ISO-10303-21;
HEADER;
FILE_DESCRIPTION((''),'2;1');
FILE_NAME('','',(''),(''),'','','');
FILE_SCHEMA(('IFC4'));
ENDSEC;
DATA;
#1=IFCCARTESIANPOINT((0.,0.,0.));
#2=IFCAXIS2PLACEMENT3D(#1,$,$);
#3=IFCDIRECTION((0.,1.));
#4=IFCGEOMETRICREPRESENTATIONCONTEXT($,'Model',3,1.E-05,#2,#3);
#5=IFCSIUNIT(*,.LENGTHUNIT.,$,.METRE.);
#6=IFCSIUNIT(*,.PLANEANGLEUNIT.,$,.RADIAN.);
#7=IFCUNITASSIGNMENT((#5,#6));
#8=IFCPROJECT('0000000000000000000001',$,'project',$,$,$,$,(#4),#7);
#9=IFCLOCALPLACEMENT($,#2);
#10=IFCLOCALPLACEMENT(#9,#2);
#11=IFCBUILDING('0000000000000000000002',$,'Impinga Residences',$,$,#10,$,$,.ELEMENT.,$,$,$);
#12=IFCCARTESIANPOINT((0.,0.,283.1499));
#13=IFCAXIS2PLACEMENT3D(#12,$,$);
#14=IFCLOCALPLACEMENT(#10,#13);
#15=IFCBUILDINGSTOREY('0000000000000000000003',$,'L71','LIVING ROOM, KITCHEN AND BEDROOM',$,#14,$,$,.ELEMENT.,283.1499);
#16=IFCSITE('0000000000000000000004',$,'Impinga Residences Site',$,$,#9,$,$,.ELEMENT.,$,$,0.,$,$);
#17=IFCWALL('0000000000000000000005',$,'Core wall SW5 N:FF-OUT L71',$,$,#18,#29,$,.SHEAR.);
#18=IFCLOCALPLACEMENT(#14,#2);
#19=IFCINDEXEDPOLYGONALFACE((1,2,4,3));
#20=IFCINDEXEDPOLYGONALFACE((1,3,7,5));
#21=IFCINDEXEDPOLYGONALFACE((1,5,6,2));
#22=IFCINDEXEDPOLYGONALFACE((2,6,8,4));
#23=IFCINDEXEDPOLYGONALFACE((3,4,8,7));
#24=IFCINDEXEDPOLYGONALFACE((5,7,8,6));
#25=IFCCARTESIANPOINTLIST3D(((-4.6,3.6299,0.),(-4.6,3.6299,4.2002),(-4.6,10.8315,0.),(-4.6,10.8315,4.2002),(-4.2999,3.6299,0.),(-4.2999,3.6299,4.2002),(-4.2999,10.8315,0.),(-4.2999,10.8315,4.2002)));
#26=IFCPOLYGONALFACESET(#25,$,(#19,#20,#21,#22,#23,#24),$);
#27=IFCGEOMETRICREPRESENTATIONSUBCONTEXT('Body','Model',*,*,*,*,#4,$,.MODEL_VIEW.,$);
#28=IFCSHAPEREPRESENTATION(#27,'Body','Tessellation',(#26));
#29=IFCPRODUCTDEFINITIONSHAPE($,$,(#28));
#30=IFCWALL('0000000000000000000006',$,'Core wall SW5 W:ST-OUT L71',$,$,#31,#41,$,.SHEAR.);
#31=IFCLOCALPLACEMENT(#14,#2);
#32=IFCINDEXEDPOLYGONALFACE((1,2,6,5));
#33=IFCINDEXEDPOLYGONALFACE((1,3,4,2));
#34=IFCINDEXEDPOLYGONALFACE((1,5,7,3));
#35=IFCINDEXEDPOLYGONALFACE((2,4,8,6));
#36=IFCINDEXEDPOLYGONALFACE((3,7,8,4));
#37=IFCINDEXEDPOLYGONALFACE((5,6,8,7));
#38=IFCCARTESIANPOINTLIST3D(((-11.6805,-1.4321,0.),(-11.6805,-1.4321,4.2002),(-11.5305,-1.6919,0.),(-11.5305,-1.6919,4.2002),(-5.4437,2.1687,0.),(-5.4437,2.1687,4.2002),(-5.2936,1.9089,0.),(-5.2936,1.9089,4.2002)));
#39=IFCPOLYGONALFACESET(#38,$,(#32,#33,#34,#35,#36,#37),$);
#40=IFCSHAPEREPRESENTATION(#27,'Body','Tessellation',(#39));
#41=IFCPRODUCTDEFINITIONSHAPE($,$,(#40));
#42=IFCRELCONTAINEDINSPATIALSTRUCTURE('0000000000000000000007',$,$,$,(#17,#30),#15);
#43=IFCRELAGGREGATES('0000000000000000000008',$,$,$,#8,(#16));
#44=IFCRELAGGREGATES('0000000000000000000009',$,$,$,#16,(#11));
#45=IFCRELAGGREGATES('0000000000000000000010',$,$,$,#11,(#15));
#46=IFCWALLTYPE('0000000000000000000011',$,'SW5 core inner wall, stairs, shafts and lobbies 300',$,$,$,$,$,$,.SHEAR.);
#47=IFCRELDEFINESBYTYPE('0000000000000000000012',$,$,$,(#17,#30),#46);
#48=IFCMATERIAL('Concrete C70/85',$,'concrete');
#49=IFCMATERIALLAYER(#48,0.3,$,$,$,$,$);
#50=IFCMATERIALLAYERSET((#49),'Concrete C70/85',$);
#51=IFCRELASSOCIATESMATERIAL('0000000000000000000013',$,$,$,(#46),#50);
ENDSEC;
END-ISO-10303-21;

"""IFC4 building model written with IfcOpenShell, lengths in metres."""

from ifc_helpers import new_model, si_unit, direction, frame, frame_2d, origin, place, context, subcontext, project, spatial, rectangle, extrude, material, layer, layer_set, type_object, element, save


model = new_model("IFC4")

# Units and contexts
model_context = context("Model", 3, precision=1e-05, world=origin(), true_north=direction((0.0, 1.0)))
body_context = subcontext(model_context, "Body", "Model", "MODEL_VIEW")
ifc_project = project(units=[si_unit("LENGTHUNIT", "METRE"), si_unit("PLANEANGLEUNIT", "RADIAN")], contexts=[model_context])

# Site, building, storey
site_placement = place(None, origin())
site = spatial("IfcSite", under=ifc_project, at=site_placement, Name="Impinga Residences Site", CompositionType="ELEMENT", RefElevation=0.0)
building_placement = place(site_placement, origin())
building = spatial("IfcBuilding", under=site, at=building_placement, Name="Impinga Residences", CompositionType="ELEMENT")
storey_placement = place(building_placement, frame((0.0, 0.0, 283.1499)))
storey = spatial("IfcBuildingStorey", under=building, at=storey_placement, Name="L71", Description="LIVING ROOM, KITCHEN AND BEDROOM", CompositionType="ELEMENT", Elevation=283.1499)

# Shared definitions
ifc_material_1 = material(Name="Concrete C70/85", Category="concrete")
ifc_layer_1 = layer(ifc_material_1, 0.3)
ifc_layer_set_1 = layer_set([ifc_layer_1], Name="Concrete C70/85")
wall_type = type_object("IfcWallType", Name="SW5 core inner wall, stairs, shafts and lobbies 300", PredefinedType="SHEAR", material=ifc_layer_set_1)

# Walls
for number, where, z_axis, x_axis, name in (
    (1, (-4.45, 3.6299, 0.0), (0.0, 0.0, 1.0), (0.0, 1.0, 0.0), "Core wall SW5 N:FF-OUT L71"),
    (2, (-5.3687, 2.0388, 0.0), (0.0, 0.0, 1.0), (-0.866025, -0.5, 0.0), "Core wall SW5 W:ST-OUT L71"),
):
    element("IfcWall", number, at=place(storey_placement, frame(where, z_axis=z_axis, x_axis=x_axis)), inside=storey, type_object=wall_type, Name=name, PredefinedType="SHEAR", context=body_context, shape_type="SweptSolid", body=[
        extrude(rectangle(XDim=7.2017, YDim=0.3, at=frame_2d((3.6008, 0.0))), origin(), (0.0, 0.0, 1.0), 4.2002),
    ])

save(model, "model.ifc")
